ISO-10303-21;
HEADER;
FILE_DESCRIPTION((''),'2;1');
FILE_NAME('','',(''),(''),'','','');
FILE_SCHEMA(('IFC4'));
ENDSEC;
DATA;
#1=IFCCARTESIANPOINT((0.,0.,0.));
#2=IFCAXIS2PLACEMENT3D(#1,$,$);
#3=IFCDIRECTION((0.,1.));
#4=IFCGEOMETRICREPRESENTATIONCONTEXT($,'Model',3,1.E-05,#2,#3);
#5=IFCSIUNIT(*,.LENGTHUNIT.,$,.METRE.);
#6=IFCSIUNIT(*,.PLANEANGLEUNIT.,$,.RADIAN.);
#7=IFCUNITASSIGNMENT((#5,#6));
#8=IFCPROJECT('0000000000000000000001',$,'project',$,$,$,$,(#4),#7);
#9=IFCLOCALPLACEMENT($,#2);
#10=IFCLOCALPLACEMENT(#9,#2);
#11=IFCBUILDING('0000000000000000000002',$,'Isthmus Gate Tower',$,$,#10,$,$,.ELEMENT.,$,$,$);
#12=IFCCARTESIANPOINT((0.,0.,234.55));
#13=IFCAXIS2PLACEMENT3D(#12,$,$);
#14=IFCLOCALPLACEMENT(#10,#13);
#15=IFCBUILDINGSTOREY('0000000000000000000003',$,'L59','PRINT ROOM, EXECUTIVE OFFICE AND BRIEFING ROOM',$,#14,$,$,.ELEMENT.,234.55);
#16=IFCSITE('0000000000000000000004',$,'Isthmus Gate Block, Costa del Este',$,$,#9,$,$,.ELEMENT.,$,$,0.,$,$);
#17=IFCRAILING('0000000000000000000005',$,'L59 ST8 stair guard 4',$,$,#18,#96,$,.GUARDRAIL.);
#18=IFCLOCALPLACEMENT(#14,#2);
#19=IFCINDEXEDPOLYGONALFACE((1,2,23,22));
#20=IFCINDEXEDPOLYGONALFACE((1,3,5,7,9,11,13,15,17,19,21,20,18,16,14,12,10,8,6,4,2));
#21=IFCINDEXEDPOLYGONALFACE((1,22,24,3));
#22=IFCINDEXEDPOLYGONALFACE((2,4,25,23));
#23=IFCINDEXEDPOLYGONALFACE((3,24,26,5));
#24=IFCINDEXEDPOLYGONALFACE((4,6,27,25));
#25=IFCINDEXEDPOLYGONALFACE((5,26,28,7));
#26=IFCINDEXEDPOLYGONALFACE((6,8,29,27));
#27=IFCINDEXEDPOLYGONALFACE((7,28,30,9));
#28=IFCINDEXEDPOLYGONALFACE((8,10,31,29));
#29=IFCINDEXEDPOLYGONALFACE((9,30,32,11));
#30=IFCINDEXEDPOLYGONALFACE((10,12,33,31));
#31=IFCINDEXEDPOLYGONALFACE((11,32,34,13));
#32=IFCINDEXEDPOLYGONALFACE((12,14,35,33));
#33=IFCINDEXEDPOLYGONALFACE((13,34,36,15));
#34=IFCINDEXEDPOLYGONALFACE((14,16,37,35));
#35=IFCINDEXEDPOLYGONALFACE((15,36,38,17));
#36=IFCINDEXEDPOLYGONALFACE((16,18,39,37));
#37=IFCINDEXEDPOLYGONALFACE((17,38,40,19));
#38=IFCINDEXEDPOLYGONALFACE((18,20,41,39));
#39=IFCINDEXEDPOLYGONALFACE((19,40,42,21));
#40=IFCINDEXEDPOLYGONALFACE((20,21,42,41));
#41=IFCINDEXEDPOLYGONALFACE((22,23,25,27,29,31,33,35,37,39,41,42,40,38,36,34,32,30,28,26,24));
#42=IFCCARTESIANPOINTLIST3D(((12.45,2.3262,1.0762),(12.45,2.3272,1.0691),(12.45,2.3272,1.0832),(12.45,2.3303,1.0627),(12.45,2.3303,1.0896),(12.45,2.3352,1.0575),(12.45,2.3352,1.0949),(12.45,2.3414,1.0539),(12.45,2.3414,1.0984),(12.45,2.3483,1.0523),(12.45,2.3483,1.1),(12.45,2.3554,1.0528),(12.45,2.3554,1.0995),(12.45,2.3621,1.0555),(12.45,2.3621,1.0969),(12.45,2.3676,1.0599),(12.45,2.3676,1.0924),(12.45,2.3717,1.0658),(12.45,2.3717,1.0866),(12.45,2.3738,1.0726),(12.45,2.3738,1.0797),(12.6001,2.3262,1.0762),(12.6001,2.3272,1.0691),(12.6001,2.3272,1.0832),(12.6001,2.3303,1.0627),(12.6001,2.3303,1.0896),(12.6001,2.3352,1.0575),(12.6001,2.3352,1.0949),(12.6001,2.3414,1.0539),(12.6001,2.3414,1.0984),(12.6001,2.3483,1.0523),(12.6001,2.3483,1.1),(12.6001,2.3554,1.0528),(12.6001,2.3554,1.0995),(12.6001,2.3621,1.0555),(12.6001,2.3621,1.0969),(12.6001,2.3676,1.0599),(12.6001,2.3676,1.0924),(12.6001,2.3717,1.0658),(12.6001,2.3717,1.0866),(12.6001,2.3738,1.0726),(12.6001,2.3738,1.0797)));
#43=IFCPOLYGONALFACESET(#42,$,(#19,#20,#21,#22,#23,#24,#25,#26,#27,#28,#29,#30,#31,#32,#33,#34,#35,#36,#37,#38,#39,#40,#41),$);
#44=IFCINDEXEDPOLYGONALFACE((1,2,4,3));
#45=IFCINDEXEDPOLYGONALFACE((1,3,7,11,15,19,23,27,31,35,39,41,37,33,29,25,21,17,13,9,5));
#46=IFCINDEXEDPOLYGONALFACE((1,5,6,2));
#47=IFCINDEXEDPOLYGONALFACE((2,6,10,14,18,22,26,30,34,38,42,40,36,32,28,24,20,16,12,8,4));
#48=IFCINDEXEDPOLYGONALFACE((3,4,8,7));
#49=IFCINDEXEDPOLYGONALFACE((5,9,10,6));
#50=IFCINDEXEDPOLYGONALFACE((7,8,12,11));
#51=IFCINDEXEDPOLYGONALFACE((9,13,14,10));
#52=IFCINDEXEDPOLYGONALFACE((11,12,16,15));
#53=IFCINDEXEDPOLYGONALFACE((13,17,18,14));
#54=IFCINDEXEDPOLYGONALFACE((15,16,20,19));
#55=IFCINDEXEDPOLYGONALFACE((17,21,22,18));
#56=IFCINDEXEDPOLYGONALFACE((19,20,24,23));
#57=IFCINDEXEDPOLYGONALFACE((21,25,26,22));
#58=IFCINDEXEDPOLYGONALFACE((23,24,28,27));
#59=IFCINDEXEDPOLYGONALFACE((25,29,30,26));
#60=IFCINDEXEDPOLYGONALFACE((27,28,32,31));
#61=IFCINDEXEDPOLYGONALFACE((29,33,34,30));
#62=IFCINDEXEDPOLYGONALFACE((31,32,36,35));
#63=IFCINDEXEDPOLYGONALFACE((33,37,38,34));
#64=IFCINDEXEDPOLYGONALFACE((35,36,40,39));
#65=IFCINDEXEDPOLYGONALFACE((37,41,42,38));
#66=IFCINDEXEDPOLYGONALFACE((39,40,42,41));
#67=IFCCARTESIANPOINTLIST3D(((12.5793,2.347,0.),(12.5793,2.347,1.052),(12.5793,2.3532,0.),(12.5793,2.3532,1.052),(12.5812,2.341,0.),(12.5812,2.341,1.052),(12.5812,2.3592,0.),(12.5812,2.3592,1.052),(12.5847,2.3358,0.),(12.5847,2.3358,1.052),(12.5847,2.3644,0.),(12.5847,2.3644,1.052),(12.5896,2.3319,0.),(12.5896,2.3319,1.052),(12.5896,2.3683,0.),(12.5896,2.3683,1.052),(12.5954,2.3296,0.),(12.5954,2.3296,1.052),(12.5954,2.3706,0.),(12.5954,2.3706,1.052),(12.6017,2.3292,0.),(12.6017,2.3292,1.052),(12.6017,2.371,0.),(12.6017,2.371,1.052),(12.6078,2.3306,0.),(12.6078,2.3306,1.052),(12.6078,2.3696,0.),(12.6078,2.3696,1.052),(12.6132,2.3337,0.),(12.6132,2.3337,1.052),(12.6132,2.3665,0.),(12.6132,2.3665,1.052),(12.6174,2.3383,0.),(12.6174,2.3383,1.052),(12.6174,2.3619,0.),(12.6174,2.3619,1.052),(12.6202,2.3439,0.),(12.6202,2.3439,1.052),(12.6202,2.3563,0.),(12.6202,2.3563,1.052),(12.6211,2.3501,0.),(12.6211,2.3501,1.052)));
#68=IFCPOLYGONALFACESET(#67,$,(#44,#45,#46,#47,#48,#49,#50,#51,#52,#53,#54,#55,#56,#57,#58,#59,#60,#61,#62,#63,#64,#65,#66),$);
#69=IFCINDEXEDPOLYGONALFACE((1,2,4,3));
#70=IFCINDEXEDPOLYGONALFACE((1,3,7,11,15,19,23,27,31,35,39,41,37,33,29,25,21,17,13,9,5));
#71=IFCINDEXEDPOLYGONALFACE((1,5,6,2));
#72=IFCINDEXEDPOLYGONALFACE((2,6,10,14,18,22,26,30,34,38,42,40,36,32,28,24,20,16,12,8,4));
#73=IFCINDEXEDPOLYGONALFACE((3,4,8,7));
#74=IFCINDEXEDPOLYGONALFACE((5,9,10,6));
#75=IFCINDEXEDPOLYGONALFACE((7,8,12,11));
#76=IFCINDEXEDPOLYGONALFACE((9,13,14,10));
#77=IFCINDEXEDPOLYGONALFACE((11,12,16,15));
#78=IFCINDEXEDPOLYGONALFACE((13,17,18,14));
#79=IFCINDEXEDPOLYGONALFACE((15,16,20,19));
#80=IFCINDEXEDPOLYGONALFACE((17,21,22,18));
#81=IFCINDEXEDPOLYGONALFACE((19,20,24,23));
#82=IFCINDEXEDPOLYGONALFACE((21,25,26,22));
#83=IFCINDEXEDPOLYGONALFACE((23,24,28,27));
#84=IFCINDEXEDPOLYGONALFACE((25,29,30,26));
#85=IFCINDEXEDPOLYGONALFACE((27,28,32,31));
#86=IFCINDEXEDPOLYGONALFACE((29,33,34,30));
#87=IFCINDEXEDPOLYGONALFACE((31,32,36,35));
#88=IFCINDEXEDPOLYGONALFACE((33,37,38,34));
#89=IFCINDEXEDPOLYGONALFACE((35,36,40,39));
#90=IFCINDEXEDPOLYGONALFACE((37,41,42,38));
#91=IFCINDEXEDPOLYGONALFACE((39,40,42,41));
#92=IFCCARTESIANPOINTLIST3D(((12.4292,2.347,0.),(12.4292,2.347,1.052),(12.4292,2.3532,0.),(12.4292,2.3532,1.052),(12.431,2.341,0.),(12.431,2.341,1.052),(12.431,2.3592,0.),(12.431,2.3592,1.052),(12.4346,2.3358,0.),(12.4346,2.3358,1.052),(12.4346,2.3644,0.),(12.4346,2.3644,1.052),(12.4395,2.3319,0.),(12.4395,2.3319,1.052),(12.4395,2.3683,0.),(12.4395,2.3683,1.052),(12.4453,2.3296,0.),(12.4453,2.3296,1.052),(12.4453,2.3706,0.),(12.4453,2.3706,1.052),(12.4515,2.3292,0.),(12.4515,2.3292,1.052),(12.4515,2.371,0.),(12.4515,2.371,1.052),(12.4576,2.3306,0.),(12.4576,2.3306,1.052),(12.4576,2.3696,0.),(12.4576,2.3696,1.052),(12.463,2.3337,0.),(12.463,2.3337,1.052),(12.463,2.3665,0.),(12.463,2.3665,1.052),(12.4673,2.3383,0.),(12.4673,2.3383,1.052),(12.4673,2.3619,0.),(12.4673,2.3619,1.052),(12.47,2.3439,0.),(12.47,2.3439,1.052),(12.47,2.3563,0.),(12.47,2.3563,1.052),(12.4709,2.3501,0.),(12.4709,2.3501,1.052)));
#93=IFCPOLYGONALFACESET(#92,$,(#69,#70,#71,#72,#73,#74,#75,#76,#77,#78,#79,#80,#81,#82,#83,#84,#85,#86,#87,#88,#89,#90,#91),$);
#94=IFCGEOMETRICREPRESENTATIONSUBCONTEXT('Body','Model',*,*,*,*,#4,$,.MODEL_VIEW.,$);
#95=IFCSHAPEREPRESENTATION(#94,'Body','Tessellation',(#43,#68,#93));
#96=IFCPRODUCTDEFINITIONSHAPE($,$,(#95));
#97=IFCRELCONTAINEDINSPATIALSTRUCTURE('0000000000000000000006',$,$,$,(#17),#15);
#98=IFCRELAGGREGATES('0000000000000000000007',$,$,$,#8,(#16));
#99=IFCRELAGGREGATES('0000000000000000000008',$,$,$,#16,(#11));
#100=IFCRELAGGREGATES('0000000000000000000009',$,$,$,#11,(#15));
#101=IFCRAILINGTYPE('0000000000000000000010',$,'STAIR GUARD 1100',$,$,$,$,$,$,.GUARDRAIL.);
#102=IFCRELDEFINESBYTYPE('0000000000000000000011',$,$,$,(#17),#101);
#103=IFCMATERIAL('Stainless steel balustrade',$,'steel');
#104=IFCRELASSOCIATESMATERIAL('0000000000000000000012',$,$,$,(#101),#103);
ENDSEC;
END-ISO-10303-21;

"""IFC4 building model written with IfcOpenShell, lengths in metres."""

from ifc_helpers import new_model, si_unit, direction, frame, origin, origin_2d, place, context, subcontext, project, spatial, circle, extrude, material, type_object, element, save


model = new_model("IFC4")

# Units and contexts
model_context = context("Model", 3, precision=1e-05, world=origin(), true_north=direction((0.0, 1.0)))
body_context = subcontext(model_context, "Body", "Model", "MODEL_VIEW")
ifc_project = project(units=[si_unit("LENGTHUNIT", "METRE"), si_unit("PLANEANGLEUNIT", "RADIAN")], contexts=[model_context])

# Site, building, storey
site_placement = place(None, origin())
site = spatial("IfcSite", under=ifc_project, at=site_placement, Name="Isthmus Gate Block, Costa del Este", CompositionType="ELEMENT", RefElevation=0.0)
building_placement = place(site_placement, origin())
building = spatial("IfcBuilding", under=site, at=building_placement, Name="Isthmus Gate Tower", CompositionType="ELEMENT")
storey_placement = place(building_placement, frame((0.0, 0.0, 234.55)))
storey = spatial("IfcBuildingStorey", under=building, at=storey_placement, Name="L59", Description="PRINT ROOM, EXECUTIVE OFFICE AND BRIEFING ROOM", CompositionType="ELEMENT", Elevation=234.55)

# Railing
ifc_material_1 = material(Name="Stainless steel balustrade", Category="steel")
railing_type_1 = type_object("IfcRailingType", Name="STAIR GUARD 1100", PredefinedType="GUARDRAIL", material=ifc_material_1)
railing_1_placement = place(storey_placement, frame((12.6001, 2.3501, 0.0)))
element("IfcRailing", 1, at=railing_1_placement, inside=storey, type_object=railing_type_1, Name="L59 ST8 stair guard 4", PredefinedType="GUARDRAIL", context=body_context, shape_type="SweptSolid", body=[
    extrude(circle(Radius=0.0239, at=origin_2d()), frame((0.0, 0.0, 1.0762), z_axis=(-1.0, 0.0, 0.0), x_axis=(0.0, -1.0, 0.0)), (0.0, 0.0, 1.0), 0.1501),
    extrude(circle(Radius=0.021, at=origin_2d()), origin(), (0.0, 0.0, 1.0), 1.052),
    extrude(circle(Radius=0.021, at=origin_2d()), frame((-0.1501, 0.0, 0.0)), (0.0, 0.0, 1.0), 1.052),
])

save(model, "model.ifc")
